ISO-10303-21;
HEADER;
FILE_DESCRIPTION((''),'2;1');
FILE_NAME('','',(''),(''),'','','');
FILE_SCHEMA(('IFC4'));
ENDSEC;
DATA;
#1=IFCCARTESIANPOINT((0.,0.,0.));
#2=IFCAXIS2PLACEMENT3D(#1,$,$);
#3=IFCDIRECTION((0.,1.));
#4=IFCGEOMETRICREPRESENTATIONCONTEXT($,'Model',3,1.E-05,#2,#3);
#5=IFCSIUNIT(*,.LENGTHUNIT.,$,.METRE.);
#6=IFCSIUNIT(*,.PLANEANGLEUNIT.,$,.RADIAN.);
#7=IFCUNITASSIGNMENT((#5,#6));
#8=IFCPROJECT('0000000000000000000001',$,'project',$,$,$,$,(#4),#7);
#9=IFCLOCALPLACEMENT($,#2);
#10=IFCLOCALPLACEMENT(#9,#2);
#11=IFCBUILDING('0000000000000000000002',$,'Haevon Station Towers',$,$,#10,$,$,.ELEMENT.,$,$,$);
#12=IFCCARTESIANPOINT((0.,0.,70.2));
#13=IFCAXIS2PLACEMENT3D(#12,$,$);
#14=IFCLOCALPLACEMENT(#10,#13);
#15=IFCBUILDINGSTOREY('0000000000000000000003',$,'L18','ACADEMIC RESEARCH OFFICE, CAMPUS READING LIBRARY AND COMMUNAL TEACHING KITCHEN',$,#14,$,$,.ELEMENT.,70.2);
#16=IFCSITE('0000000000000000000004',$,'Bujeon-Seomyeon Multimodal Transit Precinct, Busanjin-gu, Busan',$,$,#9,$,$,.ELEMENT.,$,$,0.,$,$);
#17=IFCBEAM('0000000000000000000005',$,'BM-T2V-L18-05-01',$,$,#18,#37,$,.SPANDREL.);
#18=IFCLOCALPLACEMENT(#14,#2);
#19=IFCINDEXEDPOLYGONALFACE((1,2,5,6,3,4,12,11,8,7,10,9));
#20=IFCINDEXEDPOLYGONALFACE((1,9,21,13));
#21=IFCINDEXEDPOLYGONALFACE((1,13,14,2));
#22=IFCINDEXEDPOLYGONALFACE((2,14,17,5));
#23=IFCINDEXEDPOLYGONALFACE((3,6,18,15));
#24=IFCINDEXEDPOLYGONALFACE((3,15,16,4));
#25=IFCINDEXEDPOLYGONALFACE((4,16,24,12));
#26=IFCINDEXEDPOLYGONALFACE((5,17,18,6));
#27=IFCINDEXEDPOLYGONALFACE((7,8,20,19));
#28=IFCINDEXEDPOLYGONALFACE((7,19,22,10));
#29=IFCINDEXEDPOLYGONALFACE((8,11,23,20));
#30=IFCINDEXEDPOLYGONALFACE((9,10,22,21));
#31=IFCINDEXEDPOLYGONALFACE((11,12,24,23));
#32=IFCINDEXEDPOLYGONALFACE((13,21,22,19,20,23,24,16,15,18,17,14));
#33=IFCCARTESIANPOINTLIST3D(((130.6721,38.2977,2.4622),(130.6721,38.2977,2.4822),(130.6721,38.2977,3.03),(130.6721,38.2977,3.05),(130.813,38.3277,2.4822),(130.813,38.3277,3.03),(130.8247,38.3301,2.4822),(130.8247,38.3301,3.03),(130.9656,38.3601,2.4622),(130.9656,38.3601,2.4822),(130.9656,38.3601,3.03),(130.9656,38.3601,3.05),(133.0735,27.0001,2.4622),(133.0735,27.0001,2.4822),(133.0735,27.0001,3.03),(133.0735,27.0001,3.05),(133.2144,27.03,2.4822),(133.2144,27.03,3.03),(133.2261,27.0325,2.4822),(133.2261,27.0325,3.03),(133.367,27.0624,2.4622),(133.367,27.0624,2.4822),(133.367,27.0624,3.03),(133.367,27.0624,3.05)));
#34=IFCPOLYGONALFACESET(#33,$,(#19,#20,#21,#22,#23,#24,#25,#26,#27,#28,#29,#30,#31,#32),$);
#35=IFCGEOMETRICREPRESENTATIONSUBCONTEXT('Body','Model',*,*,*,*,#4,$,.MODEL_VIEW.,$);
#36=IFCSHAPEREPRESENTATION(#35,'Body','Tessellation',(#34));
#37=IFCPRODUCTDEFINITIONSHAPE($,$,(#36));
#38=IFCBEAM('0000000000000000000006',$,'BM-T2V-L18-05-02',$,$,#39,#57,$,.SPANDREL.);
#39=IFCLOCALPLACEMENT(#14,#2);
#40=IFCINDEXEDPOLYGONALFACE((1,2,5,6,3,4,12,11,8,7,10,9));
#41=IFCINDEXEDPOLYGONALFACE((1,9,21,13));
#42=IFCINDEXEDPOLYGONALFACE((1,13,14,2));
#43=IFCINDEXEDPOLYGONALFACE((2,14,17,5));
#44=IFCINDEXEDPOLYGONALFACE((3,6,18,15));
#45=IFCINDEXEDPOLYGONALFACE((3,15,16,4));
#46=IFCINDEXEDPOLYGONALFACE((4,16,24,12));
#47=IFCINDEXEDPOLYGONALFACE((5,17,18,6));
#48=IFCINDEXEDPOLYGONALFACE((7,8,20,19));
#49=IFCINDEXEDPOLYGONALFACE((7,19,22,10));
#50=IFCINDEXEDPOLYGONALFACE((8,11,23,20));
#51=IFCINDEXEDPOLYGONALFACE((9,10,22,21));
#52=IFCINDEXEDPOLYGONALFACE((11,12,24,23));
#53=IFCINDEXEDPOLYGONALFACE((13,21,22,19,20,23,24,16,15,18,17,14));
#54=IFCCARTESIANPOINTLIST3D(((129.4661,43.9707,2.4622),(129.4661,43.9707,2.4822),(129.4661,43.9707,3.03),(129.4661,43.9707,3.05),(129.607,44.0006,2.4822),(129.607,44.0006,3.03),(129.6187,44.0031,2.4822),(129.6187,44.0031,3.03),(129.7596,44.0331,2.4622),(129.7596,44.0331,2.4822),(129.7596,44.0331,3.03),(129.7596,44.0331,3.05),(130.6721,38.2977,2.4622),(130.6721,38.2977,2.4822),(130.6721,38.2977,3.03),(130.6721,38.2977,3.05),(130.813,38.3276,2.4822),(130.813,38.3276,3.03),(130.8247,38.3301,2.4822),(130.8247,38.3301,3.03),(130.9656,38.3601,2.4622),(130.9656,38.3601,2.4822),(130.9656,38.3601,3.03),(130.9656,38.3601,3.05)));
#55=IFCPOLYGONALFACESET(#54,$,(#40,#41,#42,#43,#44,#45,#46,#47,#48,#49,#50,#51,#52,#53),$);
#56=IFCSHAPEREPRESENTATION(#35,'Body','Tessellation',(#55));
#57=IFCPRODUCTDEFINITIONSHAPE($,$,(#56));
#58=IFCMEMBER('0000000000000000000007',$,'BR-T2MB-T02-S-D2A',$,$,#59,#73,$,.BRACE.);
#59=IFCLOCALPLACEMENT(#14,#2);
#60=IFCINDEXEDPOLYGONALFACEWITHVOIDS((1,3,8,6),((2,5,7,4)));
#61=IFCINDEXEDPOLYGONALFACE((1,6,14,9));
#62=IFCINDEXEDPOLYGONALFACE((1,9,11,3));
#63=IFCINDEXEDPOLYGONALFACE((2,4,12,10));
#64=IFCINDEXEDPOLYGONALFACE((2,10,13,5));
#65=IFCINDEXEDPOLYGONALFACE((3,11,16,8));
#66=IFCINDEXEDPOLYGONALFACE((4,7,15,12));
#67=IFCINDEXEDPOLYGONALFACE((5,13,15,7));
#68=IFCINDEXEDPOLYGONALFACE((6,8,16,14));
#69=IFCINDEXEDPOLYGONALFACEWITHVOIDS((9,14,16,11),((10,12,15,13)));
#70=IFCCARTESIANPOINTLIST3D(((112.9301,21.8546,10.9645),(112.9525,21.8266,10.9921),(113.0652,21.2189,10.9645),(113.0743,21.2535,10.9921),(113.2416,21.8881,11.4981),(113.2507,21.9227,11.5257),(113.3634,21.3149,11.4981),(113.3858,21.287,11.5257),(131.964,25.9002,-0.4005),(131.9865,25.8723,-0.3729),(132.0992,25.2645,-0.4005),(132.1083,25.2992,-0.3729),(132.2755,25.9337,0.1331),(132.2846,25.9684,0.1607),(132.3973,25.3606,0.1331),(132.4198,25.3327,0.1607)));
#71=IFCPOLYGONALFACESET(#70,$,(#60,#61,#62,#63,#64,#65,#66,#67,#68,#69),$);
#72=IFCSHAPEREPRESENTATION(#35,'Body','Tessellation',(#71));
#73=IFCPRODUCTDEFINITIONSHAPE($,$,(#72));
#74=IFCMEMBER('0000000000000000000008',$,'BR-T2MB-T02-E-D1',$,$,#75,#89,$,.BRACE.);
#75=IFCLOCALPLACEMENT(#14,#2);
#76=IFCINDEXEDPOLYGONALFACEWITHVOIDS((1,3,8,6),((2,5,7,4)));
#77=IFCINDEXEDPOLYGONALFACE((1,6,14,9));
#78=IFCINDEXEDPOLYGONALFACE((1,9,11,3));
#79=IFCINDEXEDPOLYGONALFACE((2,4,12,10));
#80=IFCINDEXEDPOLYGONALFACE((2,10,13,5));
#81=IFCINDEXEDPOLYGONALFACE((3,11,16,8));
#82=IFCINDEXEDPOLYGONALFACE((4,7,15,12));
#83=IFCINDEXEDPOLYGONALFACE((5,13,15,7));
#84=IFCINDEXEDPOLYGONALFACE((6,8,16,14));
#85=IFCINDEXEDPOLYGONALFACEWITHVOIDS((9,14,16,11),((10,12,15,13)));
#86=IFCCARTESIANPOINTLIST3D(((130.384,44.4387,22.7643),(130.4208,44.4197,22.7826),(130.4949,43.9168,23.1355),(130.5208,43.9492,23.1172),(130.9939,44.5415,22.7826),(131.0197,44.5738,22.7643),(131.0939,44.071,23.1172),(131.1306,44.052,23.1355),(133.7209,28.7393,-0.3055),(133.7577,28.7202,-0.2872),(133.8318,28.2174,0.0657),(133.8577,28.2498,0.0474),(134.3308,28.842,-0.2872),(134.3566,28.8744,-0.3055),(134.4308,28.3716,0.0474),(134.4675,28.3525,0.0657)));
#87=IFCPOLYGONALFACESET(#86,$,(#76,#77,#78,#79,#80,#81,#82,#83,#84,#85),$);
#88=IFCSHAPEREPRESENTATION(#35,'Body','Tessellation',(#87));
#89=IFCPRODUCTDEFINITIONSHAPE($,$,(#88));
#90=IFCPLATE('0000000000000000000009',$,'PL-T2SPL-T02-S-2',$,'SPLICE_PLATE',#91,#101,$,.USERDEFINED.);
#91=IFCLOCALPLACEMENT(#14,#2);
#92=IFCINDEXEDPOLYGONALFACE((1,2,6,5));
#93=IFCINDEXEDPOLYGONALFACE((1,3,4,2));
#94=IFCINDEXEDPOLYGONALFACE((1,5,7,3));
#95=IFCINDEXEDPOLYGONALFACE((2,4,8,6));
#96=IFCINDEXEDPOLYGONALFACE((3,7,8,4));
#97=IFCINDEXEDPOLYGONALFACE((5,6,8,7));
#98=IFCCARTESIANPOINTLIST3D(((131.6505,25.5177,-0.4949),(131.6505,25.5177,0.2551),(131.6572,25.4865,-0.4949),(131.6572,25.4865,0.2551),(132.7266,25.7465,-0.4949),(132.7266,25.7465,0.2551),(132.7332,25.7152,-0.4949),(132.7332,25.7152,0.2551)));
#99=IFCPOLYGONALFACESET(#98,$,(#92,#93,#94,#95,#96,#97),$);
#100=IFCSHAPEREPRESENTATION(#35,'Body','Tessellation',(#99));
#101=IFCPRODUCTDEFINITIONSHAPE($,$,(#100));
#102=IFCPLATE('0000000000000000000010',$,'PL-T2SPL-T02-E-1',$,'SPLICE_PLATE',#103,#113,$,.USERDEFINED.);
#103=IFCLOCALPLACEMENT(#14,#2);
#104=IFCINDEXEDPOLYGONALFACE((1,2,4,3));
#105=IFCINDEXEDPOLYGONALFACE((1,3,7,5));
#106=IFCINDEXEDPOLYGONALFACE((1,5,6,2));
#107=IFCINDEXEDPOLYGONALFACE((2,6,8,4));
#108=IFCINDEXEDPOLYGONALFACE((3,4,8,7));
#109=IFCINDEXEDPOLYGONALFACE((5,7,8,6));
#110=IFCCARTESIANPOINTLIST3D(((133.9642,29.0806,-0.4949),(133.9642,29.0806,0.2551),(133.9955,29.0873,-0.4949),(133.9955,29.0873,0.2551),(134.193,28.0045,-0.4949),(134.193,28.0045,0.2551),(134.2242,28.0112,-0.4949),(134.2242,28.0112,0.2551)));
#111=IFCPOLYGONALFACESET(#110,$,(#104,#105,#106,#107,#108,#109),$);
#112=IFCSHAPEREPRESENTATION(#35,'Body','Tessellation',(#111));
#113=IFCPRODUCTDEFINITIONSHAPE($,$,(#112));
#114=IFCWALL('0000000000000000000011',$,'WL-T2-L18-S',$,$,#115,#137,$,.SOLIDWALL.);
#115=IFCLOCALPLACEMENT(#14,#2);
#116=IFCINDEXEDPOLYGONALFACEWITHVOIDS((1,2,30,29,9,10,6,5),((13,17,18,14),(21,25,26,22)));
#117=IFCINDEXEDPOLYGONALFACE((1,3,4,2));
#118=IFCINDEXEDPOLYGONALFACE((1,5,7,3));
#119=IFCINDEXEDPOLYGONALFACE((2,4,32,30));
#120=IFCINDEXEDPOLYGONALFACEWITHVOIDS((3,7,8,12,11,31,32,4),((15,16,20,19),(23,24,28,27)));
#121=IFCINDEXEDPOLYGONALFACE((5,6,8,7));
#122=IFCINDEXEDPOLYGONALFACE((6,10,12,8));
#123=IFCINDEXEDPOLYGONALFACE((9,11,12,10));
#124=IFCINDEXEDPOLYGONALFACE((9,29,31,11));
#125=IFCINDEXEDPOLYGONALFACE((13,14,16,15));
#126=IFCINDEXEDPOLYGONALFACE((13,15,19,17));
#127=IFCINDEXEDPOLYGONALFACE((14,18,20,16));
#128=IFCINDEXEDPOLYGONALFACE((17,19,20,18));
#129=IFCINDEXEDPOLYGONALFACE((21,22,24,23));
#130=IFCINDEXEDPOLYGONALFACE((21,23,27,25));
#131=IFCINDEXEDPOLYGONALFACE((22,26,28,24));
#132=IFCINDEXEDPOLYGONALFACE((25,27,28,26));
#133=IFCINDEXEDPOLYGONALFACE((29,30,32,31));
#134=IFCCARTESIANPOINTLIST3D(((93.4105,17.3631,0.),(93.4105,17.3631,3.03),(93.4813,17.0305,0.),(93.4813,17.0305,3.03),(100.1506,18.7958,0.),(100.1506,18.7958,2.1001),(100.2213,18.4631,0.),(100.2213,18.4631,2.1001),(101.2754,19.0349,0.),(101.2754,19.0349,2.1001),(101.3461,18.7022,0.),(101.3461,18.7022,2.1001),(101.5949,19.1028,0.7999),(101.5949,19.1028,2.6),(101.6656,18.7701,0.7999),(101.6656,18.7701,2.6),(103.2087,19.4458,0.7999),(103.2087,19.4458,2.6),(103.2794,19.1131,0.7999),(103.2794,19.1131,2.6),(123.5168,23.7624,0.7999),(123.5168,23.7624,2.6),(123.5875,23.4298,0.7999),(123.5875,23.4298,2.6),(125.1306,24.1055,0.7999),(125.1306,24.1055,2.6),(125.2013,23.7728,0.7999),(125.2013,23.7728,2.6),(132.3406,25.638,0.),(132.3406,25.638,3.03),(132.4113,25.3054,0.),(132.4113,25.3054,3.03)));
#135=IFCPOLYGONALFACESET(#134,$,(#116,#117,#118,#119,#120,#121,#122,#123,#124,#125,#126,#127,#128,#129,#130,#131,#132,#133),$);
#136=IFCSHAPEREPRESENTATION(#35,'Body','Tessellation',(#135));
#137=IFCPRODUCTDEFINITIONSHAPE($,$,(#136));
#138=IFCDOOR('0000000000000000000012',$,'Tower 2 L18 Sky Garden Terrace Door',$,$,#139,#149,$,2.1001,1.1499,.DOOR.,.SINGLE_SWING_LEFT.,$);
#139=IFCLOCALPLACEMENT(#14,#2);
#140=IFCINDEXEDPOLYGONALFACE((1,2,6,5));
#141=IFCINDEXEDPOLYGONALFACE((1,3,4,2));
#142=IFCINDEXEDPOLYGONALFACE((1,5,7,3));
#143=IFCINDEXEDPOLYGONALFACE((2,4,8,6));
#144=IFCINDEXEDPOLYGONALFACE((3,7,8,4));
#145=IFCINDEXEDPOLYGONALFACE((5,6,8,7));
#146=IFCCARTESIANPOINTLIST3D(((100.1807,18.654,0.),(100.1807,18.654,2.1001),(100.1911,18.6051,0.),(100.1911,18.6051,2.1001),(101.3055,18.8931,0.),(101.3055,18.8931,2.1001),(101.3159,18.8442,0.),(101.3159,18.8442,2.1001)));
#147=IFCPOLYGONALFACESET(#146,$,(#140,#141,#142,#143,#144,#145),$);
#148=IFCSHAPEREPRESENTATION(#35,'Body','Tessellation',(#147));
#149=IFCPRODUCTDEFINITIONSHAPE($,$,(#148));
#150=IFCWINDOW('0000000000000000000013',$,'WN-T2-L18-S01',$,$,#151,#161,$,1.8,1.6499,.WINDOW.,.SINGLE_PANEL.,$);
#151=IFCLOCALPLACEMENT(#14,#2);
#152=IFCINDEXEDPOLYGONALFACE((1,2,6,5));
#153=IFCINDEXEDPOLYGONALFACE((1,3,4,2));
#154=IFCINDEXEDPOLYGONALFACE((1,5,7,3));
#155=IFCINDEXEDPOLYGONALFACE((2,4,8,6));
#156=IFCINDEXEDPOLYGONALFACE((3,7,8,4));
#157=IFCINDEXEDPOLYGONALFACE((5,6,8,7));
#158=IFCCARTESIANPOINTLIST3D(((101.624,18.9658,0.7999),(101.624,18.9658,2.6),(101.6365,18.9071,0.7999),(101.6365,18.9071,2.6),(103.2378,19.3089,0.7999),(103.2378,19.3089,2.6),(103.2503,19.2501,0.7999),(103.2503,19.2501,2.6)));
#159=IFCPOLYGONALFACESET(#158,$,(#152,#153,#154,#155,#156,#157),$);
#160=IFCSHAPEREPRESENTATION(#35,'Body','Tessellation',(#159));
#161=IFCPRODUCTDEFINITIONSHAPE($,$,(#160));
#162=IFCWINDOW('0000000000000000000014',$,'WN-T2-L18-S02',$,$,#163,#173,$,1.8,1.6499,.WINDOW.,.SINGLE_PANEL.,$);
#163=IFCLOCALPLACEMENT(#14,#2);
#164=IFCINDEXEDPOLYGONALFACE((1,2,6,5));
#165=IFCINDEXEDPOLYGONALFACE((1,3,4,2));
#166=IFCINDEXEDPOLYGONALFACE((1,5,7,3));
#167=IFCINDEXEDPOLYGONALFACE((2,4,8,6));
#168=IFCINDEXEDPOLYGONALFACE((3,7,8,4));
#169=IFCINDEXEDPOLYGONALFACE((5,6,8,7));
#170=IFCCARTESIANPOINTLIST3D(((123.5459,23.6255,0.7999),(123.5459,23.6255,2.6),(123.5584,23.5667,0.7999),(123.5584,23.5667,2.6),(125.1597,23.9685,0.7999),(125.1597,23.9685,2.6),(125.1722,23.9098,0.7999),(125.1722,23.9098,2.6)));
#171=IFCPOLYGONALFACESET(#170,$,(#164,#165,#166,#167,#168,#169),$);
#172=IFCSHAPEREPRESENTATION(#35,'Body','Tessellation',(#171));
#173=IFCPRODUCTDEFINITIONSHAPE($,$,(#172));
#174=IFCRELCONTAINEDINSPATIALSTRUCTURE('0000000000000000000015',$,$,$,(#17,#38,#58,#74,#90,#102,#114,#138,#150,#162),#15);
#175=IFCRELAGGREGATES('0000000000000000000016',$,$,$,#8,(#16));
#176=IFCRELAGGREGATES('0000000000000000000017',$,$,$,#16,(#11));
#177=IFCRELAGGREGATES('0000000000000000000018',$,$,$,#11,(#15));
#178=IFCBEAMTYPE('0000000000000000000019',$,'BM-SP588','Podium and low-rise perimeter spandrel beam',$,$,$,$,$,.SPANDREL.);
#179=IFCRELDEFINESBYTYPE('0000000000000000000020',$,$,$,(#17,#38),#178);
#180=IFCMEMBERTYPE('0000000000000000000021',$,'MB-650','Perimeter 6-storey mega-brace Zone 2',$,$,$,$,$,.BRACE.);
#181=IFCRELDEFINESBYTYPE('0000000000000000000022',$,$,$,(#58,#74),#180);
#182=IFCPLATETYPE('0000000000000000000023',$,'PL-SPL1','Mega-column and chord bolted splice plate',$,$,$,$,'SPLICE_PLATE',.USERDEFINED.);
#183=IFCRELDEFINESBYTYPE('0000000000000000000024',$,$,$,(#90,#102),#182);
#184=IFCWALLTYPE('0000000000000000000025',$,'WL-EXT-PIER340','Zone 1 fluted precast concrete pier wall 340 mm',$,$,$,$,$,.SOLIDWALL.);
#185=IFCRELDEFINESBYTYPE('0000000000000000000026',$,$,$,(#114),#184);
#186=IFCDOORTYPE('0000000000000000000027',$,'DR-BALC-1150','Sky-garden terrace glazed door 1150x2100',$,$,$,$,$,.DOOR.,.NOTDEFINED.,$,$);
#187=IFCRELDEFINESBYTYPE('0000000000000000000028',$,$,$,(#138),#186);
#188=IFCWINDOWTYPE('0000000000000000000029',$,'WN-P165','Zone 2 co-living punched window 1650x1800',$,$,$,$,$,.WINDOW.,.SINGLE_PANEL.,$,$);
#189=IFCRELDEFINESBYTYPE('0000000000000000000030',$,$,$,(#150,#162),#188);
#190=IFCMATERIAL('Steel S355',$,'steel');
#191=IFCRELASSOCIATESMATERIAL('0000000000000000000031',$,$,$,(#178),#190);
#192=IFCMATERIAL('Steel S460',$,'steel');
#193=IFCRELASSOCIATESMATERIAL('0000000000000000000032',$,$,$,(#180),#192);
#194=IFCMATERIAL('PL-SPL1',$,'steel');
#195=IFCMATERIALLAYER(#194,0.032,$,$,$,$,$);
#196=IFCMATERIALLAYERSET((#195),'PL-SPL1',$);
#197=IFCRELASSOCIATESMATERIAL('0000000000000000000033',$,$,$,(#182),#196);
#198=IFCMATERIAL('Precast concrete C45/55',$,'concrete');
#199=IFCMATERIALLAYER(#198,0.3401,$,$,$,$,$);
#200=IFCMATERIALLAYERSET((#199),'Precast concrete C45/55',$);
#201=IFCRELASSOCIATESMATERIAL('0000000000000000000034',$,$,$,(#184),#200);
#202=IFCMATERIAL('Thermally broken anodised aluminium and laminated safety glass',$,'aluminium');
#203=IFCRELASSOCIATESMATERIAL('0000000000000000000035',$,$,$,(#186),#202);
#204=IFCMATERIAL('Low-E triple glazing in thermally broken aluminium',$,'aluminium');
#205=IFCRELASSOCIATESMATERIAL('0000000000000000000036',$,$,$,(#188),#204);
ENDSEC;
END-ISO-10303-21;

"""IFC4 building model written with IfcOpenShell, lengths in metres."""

from ifc_helpers import new_model, si_unit, direction, frame, frame_2d, origin, origin_2d, place, context, subcontext, project, spatial, rectangle, hollow_rectangle, i_section, extrude, material, layer, layer_set, material_profile, profile_set, type_object, element, fill, save


model = new_model("IFC4")

# Units and contexts
model_context = context("Model", 3, precision=1e-05, world=origin(), true_north=direction((0.0, 1.0)))
body_context = subcontext(model_context, "Body", "Model", "MODEL_VIEW")
ifc_project = project(units=[si_unit("LENGTHUNIT", "METRE"), si_unit("PLANEANGLEUNIT", "RADIAN")], contexts=[model_context])

# Site, building, storey
site_placement = place(None, origin())
site = spatial("IfcSite", under=ifc_project, at=site_placement, Name="Bujeon-Seomyeon Multimodal Transit Precinct, Busanjin-gu, Busan", CompositionType="ELEMENT", RefElevation=0.0)
building_placement = place(site_placement, origin())
building = spatial("IfcBuilding", under=site, at=building_placement, Name="Haevon Station Towers", CompositionType="ELEMENT")
storey_placement = place(building_placement, frame((0.0, 0.0, 70.2)))
storey = spatial("IfcBuildingStorey", under=building, at=storey_placement, Name="L18", Description="ACADEMIC RESEARCH OFFICE, CAMPUS READING LIBRARY AND COMMUNAL TEACHING KITCHEN", CompositionType="ELEMENT", Elevation=70.2)

# Shared definitions
ifc_material_1 = material(Name="Steel S460", Category="steel")

# Beams
ifc_material_2 = material(Name="Steel S355", Category="steel")
ifc_material_profile_1 = material_profile(ifc_material_2, i_section(OverallWidth=0.3, OverallDepth=0.5879, WebThickness=0.012, FlangeThickness=0.02, at=origin_2d()), Name="H-588x300x12x20")
ifc_profile_set_1 = profile_set([ifc_material_profile_1], Name="Steel S355")
beam_type_1 = type_object("IfcBeamType", Name="BM-SP588", Description="Podium and low-rise perimeter spandrel beam", PredefinedType="SPANDREL", material=ifc_profile_set_1)
beam_1_placement = place(storey_placement, frame((133.2202, 27.0312, 2.7561), z_axis=(-0.207911, 0.978148, 0.0), x_axis=(-0.978148, -0.207911, 0.0)))
element("IfcBeam", 1, at=beam_1_placement, inside=storey, type_object=beam_type_1, Name="BM-T2V-L18-05-01", PredefinedType="SPANDREL", context=body_context, shape_type="SweptSolid", body=[
    extrude(i_section(OverallWidth=0.3, OverallDepth=0.5879, WebThickness=0.012, FlangeThickness=0.02, at=origin_2d()), origin(), (0.0, 0.0, 1.0), 11.55),
])
beam_2_placement = place(storey_placement, frame((130.8188, 38.3289, 2.7561), z_axis=(-0.207945, 0.978141, 0.0), x_axis=(-0.978141, -0.207945, 0.0)))
element("IfcBeam", 2, at=beam_2_placement, inside=storey, type_object=beam_type_1, Name="BM-T2V-L18-05-02", PredefinedType="SPANDREL", context=body_context, shape_type="SweptSolid", body=[
    extrude(i_section(OverallWidth=0.3, OverallDepth=0.5879, WebThickness=0.012, FlangeThickness=0.02, at=origin_2d()), origin(), (0.0, 0.0, 1.0), 5.7998),
])

# Members
ifc_material_profile_2 = material_profile(ifc_material_1, hollow_rectangle(XDim=0.6499, YDim=0.6499, WallThickness=0.032, at=origin_2d()), Name="RHS-650x650x32")
ifc_profile_set_2 = profile_set([ifc_material_profile_2], Name="Steel S460")
member_type = type_object("IfcMemberType", Name="MB-650", Description="Perimeter 6-storey mega-brace Zone 2", PredefinedType="BRACE", material=ifc_profile_set_2)
member_1_placement = place(storey_placement, frame((132.1919, 25.6165, -0.1199), z_axis=(-0.844643, -0.179529, 0.504329), x_axis=(0.207905, -0.978149, 0.0)))
element("IfcMember", 3, at=member_1_placement, inside=storey, type_object=member_type, Name="BR-T2MB-T02-S-D2A", PredefinedType="BRACE", context=body_context, shape_type="SweptSolid", body=[
    extrude(hollow_rectangle(XDim=0.6499, YDim=0.6499, WallThickness=0.032, at=origin_2d()), origin(), (0.0, 0.0, 1.0), 22.5349),
])
member_2_placement = place(storey_placement, frame((134.0942, 28.5459, -0.1199), z_axis=(-0.118735, 0.558624, 0.820878), x_axis=(-0.978149, -0.207905, 0.0)))
element("IfcMember", 4, at=member_2_placement, inside=storey, type_object=member_type, Name="BR-T2MB-T02-E-D1", PredefinedType="BRACE", context=body_context, shape_type="SweptSolid", body=[
    extrude(hollow_rectangle(XDim=0.6499, YDim=0.6499, WallThickness=0.032, at=origin_2d()), origin(), (0.0, 0.0, 1.0), 28.1038),
])

# Plates
ifc_material_3 = material(Name="PL-SPL1", Category="steel")
ifc_layer_1 = layer(ifc_material_3, 0.032)
ifc_layer_set_1 = layer_set([ifc_layer_1], Name="PL-SPL1")
plate_type = type_object("IfcPlateType", Name="PL-SPL1", Description="Mega-column and chord bolted splice plate", ElementType="SPLICE_PLATE", PredefinedType="USERDEFINED", material=ifc_layer_set_1)
for number, where, z_axis, x_axis, name in (
    (5, (132.1919, 25.6165, -0.4949), (0.0, 0.0, 1.0), (0.978148, 0.207912, 0.0), "PL-T2SPL-T02-S-2"),
    (6, (134.0942, 28.5459, -0.4949), (0.0, 0.0, 1.0), (-0.207912, 0.978148, 0.0), "PL-T2SPL-T02-E-1"),
):
    element("IfcPlate", number, at=place(storey_placement, frame(where, z_axis=z_axis, x_axis=x_axis)), inside=storey, type_object=plate_type, Name=name, ObjectType="SPLICE_PLATE", PredefinedType="USERDEFINED", context=body_context, shape_type="SweptSolid", body=[
        extrude(rectangle(XDim=1.1001, YDim=0.032, at=origin_2d()), origin(), (0.0, 0.0, 1.0), 0.75),
    ])

# Wall, openings, door, windows
ifc_material_4 = material(Name="Precast concrete C45/55", Category="concrete")
ifc_layer_2 = layer(ifc_material_4, 0.3401)
ifc_layer_set_2 = layer_set([ifc_layer_2], Name="Precast concrete C45/55")
wall_type_1 = type_object("IfcWallType", Name="WL-EXT-PIER340", Description="Zone 1 fluted precast concrete pier wall 340 mm", PredefinedType="SOLIDWALL", material=ifc_layer_set_2)
wall_1_placement = place(storey_placement, frame((132.376, 25.4717, 0.0), z_axis=(0.0, 0.0, 1.0), x_axis=(-0.978147, -0.207913, 0.0)))
wall_1 = element("IfcWall", 7, at=wall_1_placement, inside=storey, type_object=wall_type_1, Name="WL-T2-L18-S", PredefinedType="SOLIDWALL", context=body_context, shape_type="SweptSolid", body=[
    extrude(rectangle(XDim=39.7998, YDim=0.3401, at=frame_2d((19.8999, 0.0))), origin(), (0.0, 0.0, 1.0), 3.03),
])
opening_1_placement = place(wall_1_placement, frame((31.7593, 0.0, 0.0)))
opening_1 = element("IfcOpeningElement", 8, at=opening_1_placement, cuts=wall_1, PredefinedType="OPENING", context=body_context, shape_type="SweptSolid", body=[
    extrude(rectangle(XDim=1.1499, YDim=2.1001, at=frame_2d((0.575, 1.05))), frame((0.0, 0.1799, 0.0), z_axis=(0.0, -1.0, 0.0), x_axis=(1.0, 0.0, 0.0)), (0.0, 0.0, 1.0), 0.3601),
])
opening_2_placement = place(wall_1_placement, frame((29.7827, 0.0, 0.8)))
opening_2 = element("IfcOpeningElement", 9, at=opening_2_placement, cuts=wall_1, PredefinedType="OPENING", context=body_context, shape_type="SweptSolid", body=[
    extrude(rectangle(XDim=1.6499, YDim=1.8, at=frame_2d((0.825, 0.8999))), frame((0.0, 0.1799, 0.0), z_axis=(0.0, -1.0, 0.0), x_axis=(1.0, 0.0, 0.0)), (0.0, 0.0, 1.0), 0.3601),
])
opening_3_placement = place(wall_1_placement, frame((7.3711, 0.0, 0.8)))
opening_3 = element("IfcOpeningElement", 10, at=opening_3_placement, cuts=wall_1, PredefinedType="OPENING", context=body_context, shape_type="SweptSolid", body=[
    extrude(rectangle(XDim=1.6499, YDim=1.8, at=frame_2d((0.825, 0.8999))), frame((0.0, 0.1799, 0.0), z_axis=(0.0, -1.0, 0.0), x_axis=(1.0, 0.0, 0.0)), (0.0, 0.0, 1.0), 0.3601),
])
ifc_material_5 = material(Name="Thermally broken anodised aluminium and laminated safety glass", Category="aluminium")
door_type_1 = type_object("IfcDoorType", Name="DR-BALC-1150", Description="Sky-garden terrace glazed door 1150x2100", OperationType="NOTDEFINED", PredefinedType="DOOR", material=ifc_material_5)
door_1_placement = place(opening_1_placement, origin())
door_1 = element("IfcDoor", 11, at=door_1_placement, inside=storey, type_object=door_type_1, Name="Tower 2 L18 Sky Garden Terrace Door", OperationType="SINGLE_SWING_LEFT", OverallHeight=2.1001, OverallWidth=1.1499, PredefinedType="DOOR", context=body_context, shape_type="SweptSolid", body=[
    extrude(rectangle(XDim=1.1499, YDim=2.1001, at=frame_2d((0.575, 1.05))), frame((0.0, 0.0249, 0.0), z_axis=(0.0, -1.0, 0.0), x_axis=(1.0, 0.0, 0.0)), (0.0, 0.0, 1.0), 0.05),
])
fill(opening_1, door_1)
ifc_material_6 = material(Name="Low-E triple glazing in thermally broken aluminium", Category="aluminium")
window_type = type_object("IfcWindowType", Name="WN-P165", Description="Zone 2 co-living punched window 1650x1800", PartitioningType="SINGLE_PANEL", PredefinedType="WINDOW", material=ifc_material_6)
window_1_placement = place(opening_2_placement, origin())
window_1 = element("IfcWindow", 12, at=window_1_placement, inside=storey, type_object=window_type, Name="WN-T2-L18-S01", OverallHeight=1.8, OverallWidth=1.6499, PartitioningType="SINGLE_PANEL", PredefinedType="WINDOW", context=body_context, shape_type="SweptSolid", body=[
    extrude(rectangle(XDim=1.6499, YDim=1.8, at=frame_2d((0.825, 0.8999))), frame((0.0, 0.03, 0.0), z_axis=(0.0, -1.0, 0.0), x_axis=(1.0, 0.0, 0.0)), (0.0, 0.0, 1.0), 0.0601),
])
fill(opening_2, window_1)
window_2_placement = place(opening_3_placement, origin())
window_2 = element("IfcWindow", 13, at=window_2_placement, inside=storey, type_object=window_type, Name="WN-T2-L18-S02", OverallHeight=1.8, OverallWidth=1.6499, PartitioningType="SINGLE_PANEL", PredefinedType="WINDOW", context=body_context, shape_type="SweptSolid", body=[
    extrude(rectangle(XDim=1.6499, YDim=1.8, at=frame_2d((0.825, 0.8999))), frame((0.0, 0.03, 0.0), z_axis=(0.0, -1.0, 0.0), x_axis=(1.0, 0.0, 0.0)), (0.0, 0.0, 1.0), 0.0601),
])
fill(opening_3, window_2)

save(model, "model.ifc")
